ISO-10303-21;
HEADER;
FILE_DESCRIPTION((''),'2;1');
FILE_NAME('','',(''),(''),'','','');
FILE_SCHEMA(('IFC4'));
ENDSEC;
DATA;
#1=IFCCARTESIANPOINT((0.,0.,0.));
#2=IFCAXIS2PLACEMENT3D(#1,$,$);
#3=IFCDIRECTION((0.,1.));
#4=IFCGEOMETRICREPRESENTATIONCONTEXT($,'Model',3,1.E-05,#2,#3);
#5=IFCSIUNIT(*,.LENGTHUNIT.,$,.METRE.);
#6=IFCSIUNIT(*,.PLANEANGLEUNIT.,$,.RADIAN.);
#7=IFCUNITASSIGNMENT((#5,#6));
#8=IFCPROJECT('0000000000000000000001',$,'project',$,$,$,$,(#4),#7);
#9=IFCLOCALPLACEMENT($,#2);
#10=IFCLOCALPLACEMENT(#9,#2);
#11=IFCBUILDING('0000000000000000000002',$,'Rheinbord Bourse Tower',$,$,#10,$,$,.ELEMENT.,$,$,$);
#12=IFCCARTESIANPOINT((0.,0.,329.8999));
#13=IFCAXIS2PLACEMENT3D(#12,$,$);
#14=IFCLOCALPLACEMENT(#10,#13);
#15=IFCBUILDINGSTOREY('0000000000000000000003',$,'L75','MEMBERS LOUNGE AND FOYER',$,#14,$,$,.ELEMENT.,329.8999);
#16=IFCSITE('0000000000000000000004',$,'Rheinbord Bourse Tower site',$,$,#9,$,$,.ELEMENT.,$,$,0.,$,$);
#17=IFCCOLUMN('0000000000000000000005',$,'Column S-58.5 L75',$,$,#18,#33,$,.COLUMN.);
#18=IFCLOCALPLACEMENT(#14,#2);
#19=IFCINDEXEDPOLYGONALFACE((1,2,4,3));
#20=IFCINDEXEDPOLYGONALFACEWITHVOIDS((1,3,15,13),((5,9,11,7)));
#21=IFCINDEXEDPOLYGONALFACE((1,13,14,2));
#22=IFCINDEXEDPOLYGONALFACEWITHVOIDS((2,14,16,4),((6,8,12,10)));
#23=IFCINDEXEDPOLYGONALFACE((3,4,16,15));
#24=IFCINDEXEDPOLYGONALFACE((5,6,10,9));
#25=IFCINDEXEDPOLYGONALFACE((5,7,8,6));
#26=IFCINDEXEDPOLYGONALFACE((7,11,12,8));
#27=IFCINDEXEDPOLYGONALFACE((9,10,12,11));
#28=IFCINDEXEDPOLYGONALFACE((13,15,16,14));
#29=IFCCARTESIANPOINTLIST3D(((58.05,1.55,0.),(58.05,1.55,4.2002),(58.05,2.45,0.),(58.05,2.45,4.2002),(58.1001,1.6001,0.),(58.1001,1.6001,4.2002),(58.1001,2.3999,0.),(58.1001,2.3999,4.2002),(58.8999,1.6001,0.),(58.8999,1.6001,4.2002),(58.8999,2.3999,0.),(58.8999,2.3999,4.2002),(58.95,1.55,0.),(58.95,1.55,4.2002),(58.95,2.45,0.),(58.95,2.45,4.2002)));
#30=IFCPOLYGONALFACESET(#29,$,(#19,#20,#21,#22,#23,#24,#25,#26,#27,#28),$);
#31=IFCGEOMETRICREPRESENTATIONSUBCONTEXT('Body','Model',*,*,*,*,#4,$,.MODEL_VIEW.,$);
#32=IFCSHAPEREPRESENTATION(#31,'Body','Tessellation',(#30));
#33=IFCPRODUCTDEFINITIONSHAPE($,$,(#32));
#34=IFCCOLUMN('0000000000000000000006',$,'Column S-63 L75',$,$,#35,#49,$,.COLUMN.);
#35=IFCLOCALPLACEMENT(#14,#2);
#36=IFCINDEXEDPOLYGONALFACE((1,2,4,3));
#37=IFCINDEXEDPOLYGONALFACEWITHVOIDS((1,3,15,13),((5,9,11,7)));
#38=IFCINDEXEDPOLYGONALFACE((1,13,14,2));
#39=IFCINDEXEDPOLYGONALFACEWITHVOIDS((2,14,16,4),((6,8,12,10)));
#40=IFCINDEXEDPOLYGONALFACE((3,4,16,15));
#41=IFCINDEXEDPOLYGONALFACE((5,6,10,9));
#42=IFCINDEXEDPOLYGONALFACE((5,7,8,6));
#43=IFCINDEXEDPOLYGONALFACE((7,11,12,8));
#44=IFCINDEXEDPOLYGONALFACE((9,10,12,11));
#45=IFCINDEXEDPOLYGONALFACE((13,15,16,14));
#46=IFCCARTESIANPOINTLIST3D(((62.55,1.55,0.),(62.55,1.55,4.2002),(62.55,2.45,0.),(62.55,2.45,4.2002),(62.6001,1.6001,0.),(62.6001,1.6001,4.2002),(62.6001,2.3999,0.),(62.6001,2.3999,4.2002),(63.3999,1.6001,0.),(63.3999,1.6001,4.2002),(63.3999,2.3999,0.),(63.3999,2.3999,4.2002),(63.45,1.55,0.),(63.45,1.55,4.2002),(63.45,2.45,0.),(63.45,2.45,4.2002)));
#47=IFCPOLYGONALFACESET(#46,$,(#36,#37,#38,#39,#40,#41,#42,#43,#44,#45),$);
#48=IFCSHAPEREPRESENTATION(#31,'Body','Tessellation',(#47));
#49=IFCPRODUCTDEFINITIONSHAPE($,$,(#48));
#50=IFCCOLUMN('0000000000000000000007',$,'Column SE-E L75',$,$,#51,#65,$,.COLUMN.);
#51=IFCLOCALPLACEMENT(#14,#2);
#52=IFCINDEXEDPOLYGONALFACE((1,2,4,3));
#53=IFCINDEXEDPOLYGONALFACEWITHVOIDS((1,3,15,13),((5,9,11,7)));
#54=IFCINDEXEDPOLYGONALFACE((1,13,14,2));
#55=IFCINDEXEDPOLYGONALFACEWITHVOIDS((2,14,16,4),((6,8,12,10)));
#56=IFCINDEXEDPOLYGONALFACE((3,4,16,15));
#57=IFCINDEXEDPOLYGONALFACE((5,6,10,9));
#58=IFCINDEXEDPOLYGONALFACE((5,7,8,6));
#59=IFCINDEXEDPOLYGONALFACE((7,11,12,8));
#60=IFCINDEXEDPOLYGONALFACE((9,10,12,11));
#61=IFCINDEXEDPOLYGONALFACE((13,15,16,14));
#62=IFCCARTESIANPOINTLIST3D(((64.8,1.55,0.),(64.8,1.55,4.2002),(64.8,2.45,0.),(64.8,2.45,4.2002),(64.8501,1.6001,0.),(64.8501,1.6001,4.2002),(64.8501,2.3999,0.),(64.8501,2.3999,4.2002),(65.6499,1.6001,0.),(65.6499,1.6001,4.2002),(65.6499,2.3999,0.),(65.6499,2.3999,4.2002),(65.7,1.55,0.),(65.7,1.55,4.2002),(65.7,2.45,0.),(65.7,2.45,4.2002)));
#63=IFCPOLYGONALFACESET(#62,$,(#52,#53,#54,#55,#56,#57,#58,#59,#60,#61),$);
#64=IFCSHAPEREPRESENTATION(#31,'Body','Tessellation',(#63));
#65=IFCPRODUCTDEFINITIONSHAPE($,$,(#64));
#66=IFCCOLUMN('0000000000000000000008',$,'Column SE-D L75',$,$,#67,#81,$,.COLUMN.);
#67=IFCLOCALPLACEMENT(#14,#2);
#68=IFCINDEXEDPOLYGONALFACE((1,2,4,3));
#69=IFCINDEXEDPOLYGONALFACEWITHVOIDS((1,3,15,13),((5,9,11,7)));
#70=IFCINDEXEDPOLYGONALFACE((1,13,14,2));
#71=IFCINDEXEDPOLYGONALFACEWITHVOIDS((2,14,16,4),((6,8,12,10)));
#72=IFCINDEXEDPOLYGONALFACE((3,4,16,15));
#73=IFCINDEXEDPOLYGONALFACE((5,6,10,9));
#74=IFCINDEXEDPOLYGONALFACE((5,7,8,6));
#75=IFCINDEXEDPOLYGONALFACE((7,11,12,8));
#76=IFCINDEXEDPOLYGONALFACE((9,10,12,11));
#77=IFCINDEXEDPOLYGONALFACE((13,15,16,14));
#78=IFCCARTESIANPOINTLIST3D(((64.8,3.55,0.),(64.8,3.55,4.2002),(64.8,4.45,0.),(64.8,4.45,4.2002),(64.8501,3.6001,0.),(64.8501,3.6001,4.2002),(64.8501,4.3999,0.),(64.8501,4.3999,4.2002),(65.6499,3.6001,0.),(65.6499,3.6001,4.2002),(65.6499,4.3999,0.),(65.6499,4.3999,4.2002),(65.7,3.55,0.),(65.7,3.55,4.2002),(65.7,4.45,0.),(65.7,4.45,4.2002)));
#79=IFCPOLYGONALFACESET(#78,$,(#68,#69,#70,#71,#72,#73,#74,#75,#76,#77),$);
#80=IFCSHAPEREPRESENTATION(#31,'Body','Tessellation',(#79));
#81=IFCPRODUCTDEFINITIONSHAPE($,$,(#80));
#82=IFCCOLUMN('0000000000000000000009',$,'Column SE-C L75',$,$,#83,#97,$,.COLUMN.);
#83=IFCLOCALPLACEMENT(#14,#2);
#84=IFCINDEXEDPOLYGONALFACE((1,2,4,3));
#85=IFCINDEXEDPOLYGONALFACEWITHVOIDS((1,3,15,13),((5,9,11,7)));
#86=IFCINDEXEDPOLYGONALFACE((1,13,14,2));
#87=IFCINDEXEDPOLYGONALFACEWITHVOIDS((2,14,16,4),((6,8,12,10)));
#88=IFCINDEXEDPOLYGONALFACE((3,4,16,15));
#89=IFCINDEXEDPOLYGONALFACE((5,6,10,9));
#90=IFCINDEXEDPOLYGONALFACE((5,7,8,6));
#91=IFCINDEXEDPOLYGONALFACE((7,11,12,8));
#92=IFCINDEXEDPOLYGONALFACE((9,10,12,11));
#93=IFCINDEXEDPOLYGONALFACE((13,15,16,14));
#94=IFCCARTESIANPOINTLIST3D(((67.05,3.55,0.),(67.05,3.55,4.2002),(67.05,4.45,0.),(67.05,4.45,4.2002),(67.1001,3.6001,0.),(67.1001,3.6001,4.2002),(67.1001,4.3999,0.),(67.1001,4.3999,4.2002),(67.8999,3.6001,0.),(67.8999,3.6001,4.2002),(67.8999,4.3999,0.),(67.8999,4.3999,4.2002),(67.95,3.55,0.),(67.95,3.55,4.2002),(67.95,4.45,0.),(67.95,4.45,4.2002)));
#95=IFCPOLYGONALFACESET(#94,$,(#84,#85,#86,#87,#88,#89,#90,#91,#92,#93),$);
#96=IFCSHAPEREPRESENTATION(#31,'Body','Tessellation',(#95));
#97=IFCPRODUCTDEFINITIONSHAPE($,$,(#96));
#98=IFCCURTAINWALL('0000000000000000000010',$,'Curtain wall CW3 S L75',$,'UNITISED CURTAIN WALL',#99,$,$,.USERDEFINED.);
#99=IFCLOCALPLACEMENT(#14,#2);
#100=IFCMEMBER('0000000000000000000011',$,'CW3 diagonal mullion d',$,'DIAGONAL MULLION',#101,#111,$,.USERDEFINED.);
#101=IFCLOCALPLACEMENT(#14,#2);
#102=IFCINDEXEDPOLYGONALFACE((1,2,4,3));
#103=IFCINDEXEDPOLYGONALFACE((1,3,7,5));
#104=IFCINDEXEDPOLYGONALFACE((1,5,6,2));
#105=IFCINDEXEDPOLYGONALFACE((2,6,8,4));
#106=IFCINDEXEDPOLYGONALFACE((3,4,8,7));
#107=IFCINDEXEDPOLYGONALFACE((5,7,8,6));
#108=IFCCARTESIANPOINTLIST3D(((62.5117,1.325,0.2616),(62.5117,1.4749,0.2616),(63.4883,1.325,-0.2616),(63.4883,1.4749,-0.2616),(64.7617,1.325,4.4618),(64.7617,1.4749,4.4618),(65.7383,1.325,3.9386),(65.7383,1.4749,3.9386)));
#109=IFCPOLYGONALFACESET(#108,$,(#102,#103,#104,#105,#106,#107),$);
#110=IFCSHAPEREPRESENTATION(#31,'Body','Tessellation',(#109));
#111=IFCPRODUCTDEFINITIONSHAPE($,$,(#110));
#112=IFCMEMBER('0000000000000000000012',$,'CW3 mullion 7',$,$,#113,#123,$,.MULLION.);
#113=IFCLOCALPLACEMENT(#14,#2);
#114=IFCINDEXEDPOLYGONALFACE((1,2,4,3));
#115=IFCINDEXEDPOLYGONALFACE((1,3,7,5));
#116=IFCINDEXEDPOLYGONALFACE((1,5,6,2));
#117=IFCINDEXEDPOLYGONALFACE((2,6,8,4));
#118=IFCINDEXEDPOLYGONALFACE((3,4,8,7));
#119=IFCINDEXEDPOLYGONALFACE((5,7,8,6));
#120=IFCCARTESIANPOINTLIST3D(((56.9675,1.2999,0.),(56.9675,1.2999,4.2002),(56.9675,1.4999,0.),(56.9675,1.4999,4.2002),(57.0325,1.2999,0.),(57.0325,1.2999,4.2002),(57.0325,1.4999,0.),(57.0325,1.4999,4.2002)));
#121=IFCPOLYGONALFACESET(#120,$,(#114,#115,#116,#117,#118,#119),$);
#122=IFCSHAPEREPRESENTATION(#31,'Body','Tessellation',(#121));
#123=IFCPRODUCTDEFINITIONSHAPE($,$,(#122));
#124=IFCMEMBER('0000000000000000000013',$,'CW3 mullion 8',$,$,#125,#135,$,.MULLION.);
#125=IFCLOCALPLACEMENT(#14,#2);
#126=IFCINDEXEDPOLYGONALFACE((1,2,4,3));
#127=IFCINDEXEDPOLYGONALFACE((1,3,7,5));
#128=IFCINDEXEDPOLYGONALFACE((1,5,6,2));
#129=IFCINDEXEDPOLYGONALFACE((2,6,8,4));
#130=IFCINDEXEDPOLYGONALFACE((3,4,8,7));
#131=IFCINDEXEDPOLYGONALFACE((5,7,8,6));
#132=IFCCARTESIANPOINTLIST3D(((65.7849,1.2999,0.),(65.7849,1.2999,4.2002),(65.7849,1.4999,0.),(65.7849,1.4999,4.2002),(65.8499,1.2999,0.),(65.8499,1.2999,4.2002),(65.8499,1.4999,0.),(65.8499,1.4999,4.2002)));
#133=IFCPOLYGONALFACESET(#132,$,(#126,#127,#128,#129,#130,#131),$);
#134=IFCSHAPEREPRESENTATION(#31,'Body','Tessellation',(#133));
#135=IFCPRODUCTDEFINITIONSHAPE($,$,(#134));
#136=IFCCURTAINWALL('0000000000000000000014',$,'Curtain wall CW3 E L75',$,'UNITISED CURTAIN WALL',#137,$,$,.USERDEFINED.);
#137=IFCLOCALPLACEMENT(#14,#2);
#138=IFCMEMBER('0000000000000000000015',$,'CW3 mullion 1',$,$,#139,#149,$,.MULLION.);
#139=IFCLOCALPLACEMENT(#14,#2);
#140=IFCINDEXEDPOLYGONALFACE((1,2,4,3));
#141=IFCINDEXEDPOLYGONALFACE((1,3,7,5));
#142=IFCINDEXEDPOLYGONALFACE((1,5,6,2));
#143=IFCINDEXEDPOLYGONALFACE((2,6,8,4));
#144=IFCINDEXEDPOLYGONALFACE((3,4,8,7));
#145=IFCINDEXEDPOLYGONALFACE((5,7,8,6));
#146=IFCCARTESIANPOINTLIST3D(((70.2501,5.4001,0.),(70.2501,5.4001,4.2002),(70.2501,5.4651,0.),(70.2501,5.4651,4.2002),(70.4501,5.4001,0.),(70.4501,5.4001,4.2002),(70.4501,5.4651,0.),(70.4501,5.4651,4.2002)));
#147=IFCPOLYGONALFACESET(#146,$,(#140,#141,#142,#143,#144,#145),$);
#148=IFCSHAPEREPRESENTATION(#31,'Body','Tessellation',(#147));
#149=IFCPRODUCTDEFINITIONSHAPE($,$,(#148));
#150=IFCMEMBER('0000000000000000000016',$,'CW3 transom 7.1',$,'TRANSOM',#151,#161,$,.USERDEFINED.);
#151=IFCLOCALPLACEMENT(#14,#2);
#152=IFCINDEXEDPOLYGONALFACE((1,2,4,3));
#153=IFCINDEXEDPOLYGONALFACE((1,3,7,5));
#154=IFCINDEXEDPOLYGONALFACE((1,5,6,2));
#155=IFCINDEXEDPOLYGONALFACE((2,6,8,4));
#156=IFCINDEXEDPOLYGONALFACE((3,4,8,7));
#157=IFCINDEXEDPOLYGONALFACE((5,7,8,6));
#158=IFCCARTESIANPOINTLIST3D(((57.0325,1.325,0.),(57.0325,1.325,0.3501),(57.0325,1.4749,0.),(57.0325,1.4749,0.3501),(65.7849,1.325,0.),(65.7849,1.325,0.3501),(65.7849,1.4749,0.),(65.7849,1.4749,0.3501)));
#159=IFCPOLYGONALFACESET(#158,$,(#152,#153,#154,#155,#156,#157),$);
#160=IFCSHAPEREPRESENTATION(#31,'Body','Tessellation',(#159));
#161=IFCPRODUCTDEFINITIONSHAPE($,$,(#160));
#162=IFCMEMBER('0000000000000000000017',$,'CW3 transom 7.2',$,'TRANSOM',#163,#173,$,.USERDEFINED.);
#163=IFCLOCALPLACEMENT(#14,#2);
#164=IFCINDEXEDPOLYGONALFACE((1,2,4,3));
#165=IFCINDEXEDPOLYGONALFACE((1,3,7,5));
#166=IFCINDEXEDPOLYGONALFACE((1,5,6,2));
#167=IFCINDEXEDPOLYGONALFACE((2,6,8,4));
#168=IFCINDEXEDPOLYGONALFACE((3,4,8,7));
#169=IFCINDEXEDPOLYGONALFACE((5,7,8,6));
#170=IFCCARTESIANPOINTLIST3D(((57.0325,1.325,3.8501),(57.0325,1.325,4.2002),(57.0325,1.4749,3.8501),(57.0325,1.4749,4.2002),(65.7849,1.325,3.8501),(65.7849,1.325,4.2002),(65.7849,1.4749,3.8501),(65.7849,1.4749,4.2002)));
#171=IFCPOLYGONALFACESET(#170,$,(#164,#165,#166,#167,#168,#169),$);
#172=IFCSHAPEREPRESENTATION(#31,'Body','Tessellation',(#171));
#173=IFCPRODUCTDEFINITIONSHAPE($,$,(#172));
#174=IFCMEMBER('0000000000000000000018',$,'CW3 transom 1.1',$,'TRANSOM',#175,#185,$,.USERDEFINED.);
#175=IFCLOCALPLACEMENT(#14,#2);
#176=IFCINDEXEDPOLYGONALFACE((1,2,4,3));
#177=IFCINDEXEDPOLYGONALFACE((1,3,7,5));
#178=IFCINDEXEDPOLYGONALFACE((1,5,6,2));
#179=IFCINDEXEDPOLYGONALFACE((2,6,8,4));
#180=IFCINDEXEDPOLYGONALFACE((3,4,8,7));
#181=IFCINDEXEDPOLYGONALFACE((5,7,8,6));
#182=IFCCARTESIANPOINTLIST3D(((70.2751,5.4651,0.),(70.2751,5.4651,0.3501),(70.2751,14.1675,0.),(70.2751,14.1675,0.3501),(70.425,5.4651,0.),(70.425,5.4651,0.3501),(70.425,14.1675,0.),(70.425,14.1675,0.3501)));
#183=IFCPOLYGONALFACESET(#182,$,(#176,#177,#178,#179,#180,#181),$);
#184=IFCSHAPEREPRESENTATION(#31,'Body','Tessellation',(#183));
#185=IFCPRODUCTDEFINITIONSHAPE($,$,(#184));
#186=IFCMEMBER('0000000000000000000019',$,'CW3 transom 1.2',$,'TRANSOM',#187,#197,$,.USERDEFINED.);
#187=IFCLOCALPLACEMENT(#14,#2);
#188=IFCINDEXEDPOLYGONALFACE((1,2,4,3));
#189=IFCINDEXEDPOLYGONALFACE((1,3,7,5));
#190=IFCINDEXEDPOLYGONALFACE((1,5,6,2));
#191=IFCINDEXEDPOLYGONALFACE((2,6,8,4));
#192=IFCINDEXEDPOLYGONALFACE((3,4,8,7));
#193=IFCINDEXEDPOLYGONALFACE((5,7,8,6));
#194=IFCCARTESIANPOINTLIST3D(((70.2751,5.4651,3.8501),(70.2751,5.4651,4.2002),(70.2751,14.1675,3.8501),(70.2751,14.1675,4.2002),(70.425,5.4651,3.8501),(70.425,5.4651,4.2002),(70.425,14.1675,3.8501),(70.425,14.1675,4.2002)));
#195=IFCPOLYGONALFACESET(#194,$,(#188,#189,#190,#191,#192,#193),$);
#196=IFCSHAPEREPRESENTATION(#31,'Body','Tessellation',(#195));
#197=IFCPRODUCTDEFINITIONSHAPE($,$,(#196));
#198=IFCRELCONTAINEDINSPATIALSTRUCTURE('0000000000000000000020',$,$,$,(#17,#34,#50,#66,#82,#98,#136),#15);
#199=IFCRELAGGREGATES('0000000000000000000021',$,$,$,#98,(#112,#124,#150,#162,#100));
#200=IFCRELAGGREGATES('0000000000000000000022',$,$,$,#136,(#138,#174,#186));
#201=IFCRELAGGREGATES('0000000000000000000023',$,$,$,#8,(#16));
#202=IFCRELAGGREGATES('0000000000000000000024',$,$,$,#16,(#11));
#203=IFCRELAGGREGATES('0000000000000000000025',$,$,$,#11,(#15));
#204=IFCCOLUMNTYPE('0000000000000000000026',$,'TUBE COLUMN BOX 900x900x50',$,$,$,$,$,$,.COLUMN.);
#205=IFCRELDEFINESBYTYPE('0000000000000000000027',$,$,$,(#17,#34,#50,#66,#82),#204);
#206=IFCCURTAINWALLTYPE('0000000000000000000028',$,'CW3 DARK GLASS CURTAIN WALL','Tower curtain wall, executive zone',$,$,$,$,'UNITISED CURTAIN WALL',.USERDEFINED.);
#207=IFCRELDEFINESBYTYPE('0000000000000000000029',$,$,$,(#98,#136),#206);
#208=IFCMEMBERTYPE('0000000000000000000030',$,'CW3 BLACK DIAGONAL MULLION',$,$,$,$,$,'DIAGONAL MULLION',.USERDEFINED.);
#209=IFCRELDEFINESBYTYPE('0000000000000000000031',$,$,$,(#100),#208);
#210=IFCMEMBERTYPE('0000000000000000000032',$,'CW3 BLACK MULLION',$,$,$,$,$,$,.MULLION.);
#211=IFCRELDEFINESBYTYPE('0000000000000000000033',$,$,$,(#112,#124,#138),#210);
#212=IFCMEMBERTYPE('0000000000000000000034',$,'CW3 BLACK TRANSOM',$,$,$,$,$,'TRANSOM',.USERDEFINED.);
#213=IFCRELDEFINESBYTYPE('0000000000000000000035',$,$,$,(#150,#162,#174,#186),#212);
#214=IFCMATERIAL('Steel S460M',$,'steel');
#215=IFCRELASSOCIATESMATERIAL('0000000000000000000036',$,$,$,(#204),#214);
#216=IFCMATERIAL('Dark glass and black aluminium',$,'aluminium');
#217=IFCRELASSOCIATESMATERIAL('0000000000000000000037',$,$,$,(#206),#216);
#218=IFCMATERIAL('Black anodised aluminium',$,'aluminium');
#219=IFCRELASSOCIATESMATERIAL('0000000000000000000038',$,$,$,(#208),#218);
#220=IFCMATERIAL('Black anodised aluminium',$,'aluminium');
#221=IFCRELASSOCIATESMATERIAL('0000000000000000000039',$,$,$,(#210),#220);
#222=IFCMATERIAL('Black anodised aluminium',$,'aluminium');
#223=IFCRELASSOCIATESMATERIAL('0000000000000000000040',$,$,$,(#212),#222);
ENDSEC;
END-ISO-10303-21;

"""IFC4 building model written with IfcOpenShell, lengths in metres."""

from ifc_helpers import new_model, si_unit, direction, frame, origin, origin_2d, place, context, subcontext, project, spatial, rectangle, hollow_rectangle, extrude, material, material_profile, profile_set, type_object, element, aggregate, save


model = new_model("IFC4")

# Units and contexts
model_context = context("Model", 3, precision=1e-05, world=origin(), true_north=direction((0.0, 1.0)))
body_context = subcontext(model_context, "Body", "Model", "MODEL_VIEW")
ifc_project = project(units=[si_unit("LENGTHUNIT", "METRE"), si_unit("PLANEANGLEUNIT", "RADIAN")], contexts=[model_context])

# Site, building, storey
site_placement = place(None, origin())
site = spatial("IfcSite", under=ifc_project, at=site_placement, Name="Rheinbord Bourse Tower site", CompositionType="ELEMENT", RefElevation=0.0)
building_placement = place(site_placement, origin())
building = spatial("IfcBuilding", under=site, at=building_placement, Name="Rheinbord Bourse Tower", CompositionType="ELEMENT")
storey_placement = place(building_placement, frame((0.0, 0.0, 329.8999)))
storey = spatial("IfcBuildingStorey", under=building, at=storey_placement, Name="L75", Description="MEMBERS LOUNGE AND FOYER", CompositionType="ELEMENT", Elevation=329.8999)

# Columns
ifc_material_1 = material(Name="Steel S460M", Category="steel")
ifc_material_profile_1 = material_profile(ifc_material_1, hollow_rectangle(XDim=0.8999, YDim=0.8999, WallThickness=0.05, at=origin_2d()), Name="BOX 900x900x50")
ifc_profile_set_1 = profile_set([ifc_material_profile_1], Name="Steel S460M")
column_type = type_object("IfcColumnType", Name="TUBE COLUMN BOX 900x900x50", PredefinedType="COLUMN", material=ifc_profile_set_1)
for number, where, z_axis, x_axis, name in (
    (1, (58.5, 2.0, 0.0), (0.0, 0.0, 1.0), (0.0, 1.0, 0.0), "Column S-58.5 L75"),
    (2, (63.0, 2.0, 0.0), (0.0, 0.0, 1.0), (0.0, 1.0, 0.0), "Column S-63 L75"),
    (3, (65.25, 2.0, 0.0), (0.0, 0.0, 1.0), (0.0, 1.0, 0.0), "Column SE-E L75"),
    (4, (65.25, 4.0, 0.0), (0.0, 0.0, 1.0), (0.0, 1.0, 0.0), "Column SE-D L75"),
    (5, (67.5, 4.0, 0.0), (0.0, 0.0, 1.0), (1.0, 0.0, 0.0), "Column SE-C L75"),
):
    element("IfcColumn", number, at=place(storey_placement, frame(where, z_axis=z_axis, x_axis=x_axis)), inside=storey, type_object=column_type, Name=name, PredefinedType="COLUMN", context=body_context, shape_type="SweptSolid", body=[
        extrude(hollow_rectangle(XDim=0.8999, YDim=0.8999, WallThickness=0.05, at=origin_2d()), origin(), (0.0, 0.0, 1.0), 4.2002),
    ])

# Curtain wall, members
ifc_material_2 = material(Name="Dark glass and black aluminium", Category="aluminium")
curtain_wall_type = type_object("IfcCurtainWallType", Name="CW3 DARK GLASS CURTAIN WALL", Description="Tower curtain wall, executive zone", ElementType="UNITISED CURTAIN WALL", PredefinedType="USERDEFINED", material=ifc_material_2)
curtain_wall_1_placement = place(storey_placement, origin())
curtain_wall_1 = element("IfcCurtainWall", 6, at=curtain_wall_1_placement, inside=storey, type_object=curtain_wall_type, Name="Curtain wall CW3 S L75", ObjectType="UNITISED CURTAIN WALL", PredefinedType="USERDEFINED")
ifc_material_3 = material(Name="Black anodised aluminium", Category="aluminium")
ifc_material_profile_2 = material_profile(ifc_material_3, rectangle(XDim=0.1499, YDim=1.1079, at=origin_2d()), Name="CW3 DIAGONAL MULLION 1108x150")
ifc_profile_set_2 = profile_set([ifc_material_profile_2], Name="Black anodised aluminium")
member_type_1 = type_object("IfcMemberType", Name="CW3 BLACK DIAGONAL MULLION", ElementType="DIAGONAL MULLION", PredefinedType="USERDEFINED", material=ifc_profile_set_2)
member_1_placement = place(storey_placement, frame((63.0, 1.3999, 0.0), z_axis=(0.472204, 0.0, 0.881489), x_axis=(0.0, 1.0, 0.0)))
member_1 = element("IfcMember", 7, at=member_1_placement, type_object=member_type_1, Name="CW3 diagonal mullion d", ObjectType="DIAGONAL MULLION", PredefinedType="USERDEFINED", context=body_context, shape_type="SweptSolid", body=[
    extrude(rectangle(XDim=0.1499, YDim=1.1079, at=origin_2d()), origin(), (0.0, 0.0, 1.0), 4.7649),
])
ifc_material_4 = material(Name="Black anodised aluminium", Category="aluminium")
ifc_material_profile_3 = material_profile(ifc_material_4, rectangle(XDim=0.2, YDim=0.0649, at=origin_2d()), Name="CW3 MULLION 65x200")
ifc_profile_set_3 = profile_set([ifc_material_profile_3], Name="Black anodised aluminium")
member_type_2 = type_object("IfcMemberType", Name="CW3 BLACK MULLION", PredefinedType="MULLION", material=ifc_profile_set_3)
member_2_placement = place(storey_placement, frame((57.0, 1.3999, 0.0), z_axis=(0.0, 0.0, 1.0), x_axis=(0.0, 1.0, 0.0)))
member_2 = element("IfcMember", 8, at=member_2_placement, type_object=member_type_2, Name="CW3 mullion 7", PredefinedType="MULLION", context=body_context, shape_type="SweptSolid", body=[
    extrude(rectangle(XDim=0.2, YDim=0.0649, at=origin_2d()), origin(), (0.0, 0.0, 1.0), 4.2002),
])
member_3_placement = place(storey_placement, frame((65.8174, 1.3999, 0.0), z_axis=(0.0, 0.0, 1.0), x_axis=(0.0, 1.0, 0.0)))
member_3 = element("IfcMember", 9, at=member_3_placement, type_object=member_type_2, Name="CW3 mullion 8", PredefinedType="MULLION", context=body_context, shape_type="SweptSolid", body=[
    extrude(rectangle(XDim=0.2, YDim=0.0649, at=origin_2d()), origin(), (0.0, 0.0, 1.0), 4.2002),
])

# Curtain wall, member
curtain_wall_2_placement = place(storey_placement, origin())
curtain_wall_2 = element("IfcCurtainWall", 10, at=curtain_wall_2_placement, inside=storey, type_object=curtain_wall_type, Name="Curtain wall CW3 E L75", ObjectType="UNITISED CURTAIN WALL", PredefinedType="USERDEFINED")
member_4_placement = place(storey_placement, frame((70.3501, 5.4326, 0.0), z_axis=(0.0, 0.0, 1.0), x_axis=(-1.0, 0.0, 0.0)))
member_4 = element("IfcMember", 11, at=member_4_placement, type_object=member_type_2, Name="CW3 mullion 1", PredefinedType="MULLION", context=body_context, shape_type="SweptSolid", body=[
    extrude(rectangle(XDim=0.2, YDim=0.0649, at=origin_2d()), origin(), (0.0, 0.0, 1.0), 4.2002),
])

# Members
ifc_material_5 = material(Name="Black anodised aluminium", Category="aluminium")
ifc_material_profile_4 = material_profile(ifc_material_5, rectangle(XDim=0.1499, YDim=0.3501, at=origin_2d()), Name="CW3 TRANSOM 350x150")
ifc_profile_set_4 = profile_set([ifc_material_profile_4], Name="Black anodised aluminium")
member_type_3 = type_object("IfcMemberType", Name="CW3 BLACK TRANSOM", ElementType="TRANSOM", PredefinedType="USERDEFINED", material=ifc_profile_set_4)
member_5_placement = place(storey_placement, frame((57.0325, 1.3999, 0.175), z_axis=(1.0, 0.0, 0.0), x_axis=(0.0, 1.0, 0.0)))
member_5 = element("IfcMember", 12, at=member_5_placement, type_object=member_type_3, Name="CW3 transom 7.1", ObjectType="TRANSOM", PredefinedType="USERDEFINED", context=body_context, shape_type="SweptSolid", body=[
    extrude(rectangle(XDim=0.1499, YDim=0.3501, at=origin_2d()), origin(), (0.0, 0.0, 1.0), 8.7524),
])
member_6_placement = place(storey_placement, frame((57.0325, 1.3999, 4.0251), z_axis=(1.0, 0.0, 0.0), x_axis=(0.0, 1.0, 0.0)))
member_6 = element("IfcMember", 13, at=member_6_placement, type_object=member_type_3, Name="CW3 transom 7.2", ObjectType="TRANSOM", PredefinedType="USERDEFINED", context=body_context, shape_type="SweptSolid", body=[
    extrude(rectangle(XDim=0.1499, YDim=0.3501, at=origin_2d()), origin(), (0.0, 0.0, 1.0), 8.7524),
])
member_7_placement = place(storey_placement, frame((70.3501, 5.4651, 0.175), z_axis=(0.0, 1.0, 0.0), x_axis=(-1.0, 0.0, 0.0)))
member_7 = element("IfcMember", 14, at=member_7_placement, type_object=member_type_3, Name="CW3 transom 1.1", ObjectType="TRANSOM", PredefinedType="USERDEFINED", context=body_context, shape_type="SweptSolid", body=[
    extrude(rectangle(XDim=0.1499, YDim=0.3501, at=origin_2d()), origin(), (0.0, 0.0, 1.0), 8.7024),
])
member_8_placement = place(storey_placement, frame((70.3501, 5.4651, 4.0251), z_axis=(0.0, 1.0, 0.0), x_axis=(-1.0, 0.0, 0.0)))
member_8 = element("IfcMember", 15, at=member_8_placement, type_object=member_type_3, Name="CW3 transom 1.2", ObjectType="TRANSOM", PredefinedType="USERDEFINED", context=body_context, shape_type="SweptSolid", body=[
    extrude(rectangle(XDim=0.1499, YDim=0.3501, at=origin_2d()), origin(), (0.0, 0.0, 1.0), 8.7024),
])

aggregate(curtain_wall_1, [member_2, member_3, member_5, member_6, member_1])
aggregate(curtain_wall_2, [member_4, member_7, member_8])

save(model, "model.ifc")
